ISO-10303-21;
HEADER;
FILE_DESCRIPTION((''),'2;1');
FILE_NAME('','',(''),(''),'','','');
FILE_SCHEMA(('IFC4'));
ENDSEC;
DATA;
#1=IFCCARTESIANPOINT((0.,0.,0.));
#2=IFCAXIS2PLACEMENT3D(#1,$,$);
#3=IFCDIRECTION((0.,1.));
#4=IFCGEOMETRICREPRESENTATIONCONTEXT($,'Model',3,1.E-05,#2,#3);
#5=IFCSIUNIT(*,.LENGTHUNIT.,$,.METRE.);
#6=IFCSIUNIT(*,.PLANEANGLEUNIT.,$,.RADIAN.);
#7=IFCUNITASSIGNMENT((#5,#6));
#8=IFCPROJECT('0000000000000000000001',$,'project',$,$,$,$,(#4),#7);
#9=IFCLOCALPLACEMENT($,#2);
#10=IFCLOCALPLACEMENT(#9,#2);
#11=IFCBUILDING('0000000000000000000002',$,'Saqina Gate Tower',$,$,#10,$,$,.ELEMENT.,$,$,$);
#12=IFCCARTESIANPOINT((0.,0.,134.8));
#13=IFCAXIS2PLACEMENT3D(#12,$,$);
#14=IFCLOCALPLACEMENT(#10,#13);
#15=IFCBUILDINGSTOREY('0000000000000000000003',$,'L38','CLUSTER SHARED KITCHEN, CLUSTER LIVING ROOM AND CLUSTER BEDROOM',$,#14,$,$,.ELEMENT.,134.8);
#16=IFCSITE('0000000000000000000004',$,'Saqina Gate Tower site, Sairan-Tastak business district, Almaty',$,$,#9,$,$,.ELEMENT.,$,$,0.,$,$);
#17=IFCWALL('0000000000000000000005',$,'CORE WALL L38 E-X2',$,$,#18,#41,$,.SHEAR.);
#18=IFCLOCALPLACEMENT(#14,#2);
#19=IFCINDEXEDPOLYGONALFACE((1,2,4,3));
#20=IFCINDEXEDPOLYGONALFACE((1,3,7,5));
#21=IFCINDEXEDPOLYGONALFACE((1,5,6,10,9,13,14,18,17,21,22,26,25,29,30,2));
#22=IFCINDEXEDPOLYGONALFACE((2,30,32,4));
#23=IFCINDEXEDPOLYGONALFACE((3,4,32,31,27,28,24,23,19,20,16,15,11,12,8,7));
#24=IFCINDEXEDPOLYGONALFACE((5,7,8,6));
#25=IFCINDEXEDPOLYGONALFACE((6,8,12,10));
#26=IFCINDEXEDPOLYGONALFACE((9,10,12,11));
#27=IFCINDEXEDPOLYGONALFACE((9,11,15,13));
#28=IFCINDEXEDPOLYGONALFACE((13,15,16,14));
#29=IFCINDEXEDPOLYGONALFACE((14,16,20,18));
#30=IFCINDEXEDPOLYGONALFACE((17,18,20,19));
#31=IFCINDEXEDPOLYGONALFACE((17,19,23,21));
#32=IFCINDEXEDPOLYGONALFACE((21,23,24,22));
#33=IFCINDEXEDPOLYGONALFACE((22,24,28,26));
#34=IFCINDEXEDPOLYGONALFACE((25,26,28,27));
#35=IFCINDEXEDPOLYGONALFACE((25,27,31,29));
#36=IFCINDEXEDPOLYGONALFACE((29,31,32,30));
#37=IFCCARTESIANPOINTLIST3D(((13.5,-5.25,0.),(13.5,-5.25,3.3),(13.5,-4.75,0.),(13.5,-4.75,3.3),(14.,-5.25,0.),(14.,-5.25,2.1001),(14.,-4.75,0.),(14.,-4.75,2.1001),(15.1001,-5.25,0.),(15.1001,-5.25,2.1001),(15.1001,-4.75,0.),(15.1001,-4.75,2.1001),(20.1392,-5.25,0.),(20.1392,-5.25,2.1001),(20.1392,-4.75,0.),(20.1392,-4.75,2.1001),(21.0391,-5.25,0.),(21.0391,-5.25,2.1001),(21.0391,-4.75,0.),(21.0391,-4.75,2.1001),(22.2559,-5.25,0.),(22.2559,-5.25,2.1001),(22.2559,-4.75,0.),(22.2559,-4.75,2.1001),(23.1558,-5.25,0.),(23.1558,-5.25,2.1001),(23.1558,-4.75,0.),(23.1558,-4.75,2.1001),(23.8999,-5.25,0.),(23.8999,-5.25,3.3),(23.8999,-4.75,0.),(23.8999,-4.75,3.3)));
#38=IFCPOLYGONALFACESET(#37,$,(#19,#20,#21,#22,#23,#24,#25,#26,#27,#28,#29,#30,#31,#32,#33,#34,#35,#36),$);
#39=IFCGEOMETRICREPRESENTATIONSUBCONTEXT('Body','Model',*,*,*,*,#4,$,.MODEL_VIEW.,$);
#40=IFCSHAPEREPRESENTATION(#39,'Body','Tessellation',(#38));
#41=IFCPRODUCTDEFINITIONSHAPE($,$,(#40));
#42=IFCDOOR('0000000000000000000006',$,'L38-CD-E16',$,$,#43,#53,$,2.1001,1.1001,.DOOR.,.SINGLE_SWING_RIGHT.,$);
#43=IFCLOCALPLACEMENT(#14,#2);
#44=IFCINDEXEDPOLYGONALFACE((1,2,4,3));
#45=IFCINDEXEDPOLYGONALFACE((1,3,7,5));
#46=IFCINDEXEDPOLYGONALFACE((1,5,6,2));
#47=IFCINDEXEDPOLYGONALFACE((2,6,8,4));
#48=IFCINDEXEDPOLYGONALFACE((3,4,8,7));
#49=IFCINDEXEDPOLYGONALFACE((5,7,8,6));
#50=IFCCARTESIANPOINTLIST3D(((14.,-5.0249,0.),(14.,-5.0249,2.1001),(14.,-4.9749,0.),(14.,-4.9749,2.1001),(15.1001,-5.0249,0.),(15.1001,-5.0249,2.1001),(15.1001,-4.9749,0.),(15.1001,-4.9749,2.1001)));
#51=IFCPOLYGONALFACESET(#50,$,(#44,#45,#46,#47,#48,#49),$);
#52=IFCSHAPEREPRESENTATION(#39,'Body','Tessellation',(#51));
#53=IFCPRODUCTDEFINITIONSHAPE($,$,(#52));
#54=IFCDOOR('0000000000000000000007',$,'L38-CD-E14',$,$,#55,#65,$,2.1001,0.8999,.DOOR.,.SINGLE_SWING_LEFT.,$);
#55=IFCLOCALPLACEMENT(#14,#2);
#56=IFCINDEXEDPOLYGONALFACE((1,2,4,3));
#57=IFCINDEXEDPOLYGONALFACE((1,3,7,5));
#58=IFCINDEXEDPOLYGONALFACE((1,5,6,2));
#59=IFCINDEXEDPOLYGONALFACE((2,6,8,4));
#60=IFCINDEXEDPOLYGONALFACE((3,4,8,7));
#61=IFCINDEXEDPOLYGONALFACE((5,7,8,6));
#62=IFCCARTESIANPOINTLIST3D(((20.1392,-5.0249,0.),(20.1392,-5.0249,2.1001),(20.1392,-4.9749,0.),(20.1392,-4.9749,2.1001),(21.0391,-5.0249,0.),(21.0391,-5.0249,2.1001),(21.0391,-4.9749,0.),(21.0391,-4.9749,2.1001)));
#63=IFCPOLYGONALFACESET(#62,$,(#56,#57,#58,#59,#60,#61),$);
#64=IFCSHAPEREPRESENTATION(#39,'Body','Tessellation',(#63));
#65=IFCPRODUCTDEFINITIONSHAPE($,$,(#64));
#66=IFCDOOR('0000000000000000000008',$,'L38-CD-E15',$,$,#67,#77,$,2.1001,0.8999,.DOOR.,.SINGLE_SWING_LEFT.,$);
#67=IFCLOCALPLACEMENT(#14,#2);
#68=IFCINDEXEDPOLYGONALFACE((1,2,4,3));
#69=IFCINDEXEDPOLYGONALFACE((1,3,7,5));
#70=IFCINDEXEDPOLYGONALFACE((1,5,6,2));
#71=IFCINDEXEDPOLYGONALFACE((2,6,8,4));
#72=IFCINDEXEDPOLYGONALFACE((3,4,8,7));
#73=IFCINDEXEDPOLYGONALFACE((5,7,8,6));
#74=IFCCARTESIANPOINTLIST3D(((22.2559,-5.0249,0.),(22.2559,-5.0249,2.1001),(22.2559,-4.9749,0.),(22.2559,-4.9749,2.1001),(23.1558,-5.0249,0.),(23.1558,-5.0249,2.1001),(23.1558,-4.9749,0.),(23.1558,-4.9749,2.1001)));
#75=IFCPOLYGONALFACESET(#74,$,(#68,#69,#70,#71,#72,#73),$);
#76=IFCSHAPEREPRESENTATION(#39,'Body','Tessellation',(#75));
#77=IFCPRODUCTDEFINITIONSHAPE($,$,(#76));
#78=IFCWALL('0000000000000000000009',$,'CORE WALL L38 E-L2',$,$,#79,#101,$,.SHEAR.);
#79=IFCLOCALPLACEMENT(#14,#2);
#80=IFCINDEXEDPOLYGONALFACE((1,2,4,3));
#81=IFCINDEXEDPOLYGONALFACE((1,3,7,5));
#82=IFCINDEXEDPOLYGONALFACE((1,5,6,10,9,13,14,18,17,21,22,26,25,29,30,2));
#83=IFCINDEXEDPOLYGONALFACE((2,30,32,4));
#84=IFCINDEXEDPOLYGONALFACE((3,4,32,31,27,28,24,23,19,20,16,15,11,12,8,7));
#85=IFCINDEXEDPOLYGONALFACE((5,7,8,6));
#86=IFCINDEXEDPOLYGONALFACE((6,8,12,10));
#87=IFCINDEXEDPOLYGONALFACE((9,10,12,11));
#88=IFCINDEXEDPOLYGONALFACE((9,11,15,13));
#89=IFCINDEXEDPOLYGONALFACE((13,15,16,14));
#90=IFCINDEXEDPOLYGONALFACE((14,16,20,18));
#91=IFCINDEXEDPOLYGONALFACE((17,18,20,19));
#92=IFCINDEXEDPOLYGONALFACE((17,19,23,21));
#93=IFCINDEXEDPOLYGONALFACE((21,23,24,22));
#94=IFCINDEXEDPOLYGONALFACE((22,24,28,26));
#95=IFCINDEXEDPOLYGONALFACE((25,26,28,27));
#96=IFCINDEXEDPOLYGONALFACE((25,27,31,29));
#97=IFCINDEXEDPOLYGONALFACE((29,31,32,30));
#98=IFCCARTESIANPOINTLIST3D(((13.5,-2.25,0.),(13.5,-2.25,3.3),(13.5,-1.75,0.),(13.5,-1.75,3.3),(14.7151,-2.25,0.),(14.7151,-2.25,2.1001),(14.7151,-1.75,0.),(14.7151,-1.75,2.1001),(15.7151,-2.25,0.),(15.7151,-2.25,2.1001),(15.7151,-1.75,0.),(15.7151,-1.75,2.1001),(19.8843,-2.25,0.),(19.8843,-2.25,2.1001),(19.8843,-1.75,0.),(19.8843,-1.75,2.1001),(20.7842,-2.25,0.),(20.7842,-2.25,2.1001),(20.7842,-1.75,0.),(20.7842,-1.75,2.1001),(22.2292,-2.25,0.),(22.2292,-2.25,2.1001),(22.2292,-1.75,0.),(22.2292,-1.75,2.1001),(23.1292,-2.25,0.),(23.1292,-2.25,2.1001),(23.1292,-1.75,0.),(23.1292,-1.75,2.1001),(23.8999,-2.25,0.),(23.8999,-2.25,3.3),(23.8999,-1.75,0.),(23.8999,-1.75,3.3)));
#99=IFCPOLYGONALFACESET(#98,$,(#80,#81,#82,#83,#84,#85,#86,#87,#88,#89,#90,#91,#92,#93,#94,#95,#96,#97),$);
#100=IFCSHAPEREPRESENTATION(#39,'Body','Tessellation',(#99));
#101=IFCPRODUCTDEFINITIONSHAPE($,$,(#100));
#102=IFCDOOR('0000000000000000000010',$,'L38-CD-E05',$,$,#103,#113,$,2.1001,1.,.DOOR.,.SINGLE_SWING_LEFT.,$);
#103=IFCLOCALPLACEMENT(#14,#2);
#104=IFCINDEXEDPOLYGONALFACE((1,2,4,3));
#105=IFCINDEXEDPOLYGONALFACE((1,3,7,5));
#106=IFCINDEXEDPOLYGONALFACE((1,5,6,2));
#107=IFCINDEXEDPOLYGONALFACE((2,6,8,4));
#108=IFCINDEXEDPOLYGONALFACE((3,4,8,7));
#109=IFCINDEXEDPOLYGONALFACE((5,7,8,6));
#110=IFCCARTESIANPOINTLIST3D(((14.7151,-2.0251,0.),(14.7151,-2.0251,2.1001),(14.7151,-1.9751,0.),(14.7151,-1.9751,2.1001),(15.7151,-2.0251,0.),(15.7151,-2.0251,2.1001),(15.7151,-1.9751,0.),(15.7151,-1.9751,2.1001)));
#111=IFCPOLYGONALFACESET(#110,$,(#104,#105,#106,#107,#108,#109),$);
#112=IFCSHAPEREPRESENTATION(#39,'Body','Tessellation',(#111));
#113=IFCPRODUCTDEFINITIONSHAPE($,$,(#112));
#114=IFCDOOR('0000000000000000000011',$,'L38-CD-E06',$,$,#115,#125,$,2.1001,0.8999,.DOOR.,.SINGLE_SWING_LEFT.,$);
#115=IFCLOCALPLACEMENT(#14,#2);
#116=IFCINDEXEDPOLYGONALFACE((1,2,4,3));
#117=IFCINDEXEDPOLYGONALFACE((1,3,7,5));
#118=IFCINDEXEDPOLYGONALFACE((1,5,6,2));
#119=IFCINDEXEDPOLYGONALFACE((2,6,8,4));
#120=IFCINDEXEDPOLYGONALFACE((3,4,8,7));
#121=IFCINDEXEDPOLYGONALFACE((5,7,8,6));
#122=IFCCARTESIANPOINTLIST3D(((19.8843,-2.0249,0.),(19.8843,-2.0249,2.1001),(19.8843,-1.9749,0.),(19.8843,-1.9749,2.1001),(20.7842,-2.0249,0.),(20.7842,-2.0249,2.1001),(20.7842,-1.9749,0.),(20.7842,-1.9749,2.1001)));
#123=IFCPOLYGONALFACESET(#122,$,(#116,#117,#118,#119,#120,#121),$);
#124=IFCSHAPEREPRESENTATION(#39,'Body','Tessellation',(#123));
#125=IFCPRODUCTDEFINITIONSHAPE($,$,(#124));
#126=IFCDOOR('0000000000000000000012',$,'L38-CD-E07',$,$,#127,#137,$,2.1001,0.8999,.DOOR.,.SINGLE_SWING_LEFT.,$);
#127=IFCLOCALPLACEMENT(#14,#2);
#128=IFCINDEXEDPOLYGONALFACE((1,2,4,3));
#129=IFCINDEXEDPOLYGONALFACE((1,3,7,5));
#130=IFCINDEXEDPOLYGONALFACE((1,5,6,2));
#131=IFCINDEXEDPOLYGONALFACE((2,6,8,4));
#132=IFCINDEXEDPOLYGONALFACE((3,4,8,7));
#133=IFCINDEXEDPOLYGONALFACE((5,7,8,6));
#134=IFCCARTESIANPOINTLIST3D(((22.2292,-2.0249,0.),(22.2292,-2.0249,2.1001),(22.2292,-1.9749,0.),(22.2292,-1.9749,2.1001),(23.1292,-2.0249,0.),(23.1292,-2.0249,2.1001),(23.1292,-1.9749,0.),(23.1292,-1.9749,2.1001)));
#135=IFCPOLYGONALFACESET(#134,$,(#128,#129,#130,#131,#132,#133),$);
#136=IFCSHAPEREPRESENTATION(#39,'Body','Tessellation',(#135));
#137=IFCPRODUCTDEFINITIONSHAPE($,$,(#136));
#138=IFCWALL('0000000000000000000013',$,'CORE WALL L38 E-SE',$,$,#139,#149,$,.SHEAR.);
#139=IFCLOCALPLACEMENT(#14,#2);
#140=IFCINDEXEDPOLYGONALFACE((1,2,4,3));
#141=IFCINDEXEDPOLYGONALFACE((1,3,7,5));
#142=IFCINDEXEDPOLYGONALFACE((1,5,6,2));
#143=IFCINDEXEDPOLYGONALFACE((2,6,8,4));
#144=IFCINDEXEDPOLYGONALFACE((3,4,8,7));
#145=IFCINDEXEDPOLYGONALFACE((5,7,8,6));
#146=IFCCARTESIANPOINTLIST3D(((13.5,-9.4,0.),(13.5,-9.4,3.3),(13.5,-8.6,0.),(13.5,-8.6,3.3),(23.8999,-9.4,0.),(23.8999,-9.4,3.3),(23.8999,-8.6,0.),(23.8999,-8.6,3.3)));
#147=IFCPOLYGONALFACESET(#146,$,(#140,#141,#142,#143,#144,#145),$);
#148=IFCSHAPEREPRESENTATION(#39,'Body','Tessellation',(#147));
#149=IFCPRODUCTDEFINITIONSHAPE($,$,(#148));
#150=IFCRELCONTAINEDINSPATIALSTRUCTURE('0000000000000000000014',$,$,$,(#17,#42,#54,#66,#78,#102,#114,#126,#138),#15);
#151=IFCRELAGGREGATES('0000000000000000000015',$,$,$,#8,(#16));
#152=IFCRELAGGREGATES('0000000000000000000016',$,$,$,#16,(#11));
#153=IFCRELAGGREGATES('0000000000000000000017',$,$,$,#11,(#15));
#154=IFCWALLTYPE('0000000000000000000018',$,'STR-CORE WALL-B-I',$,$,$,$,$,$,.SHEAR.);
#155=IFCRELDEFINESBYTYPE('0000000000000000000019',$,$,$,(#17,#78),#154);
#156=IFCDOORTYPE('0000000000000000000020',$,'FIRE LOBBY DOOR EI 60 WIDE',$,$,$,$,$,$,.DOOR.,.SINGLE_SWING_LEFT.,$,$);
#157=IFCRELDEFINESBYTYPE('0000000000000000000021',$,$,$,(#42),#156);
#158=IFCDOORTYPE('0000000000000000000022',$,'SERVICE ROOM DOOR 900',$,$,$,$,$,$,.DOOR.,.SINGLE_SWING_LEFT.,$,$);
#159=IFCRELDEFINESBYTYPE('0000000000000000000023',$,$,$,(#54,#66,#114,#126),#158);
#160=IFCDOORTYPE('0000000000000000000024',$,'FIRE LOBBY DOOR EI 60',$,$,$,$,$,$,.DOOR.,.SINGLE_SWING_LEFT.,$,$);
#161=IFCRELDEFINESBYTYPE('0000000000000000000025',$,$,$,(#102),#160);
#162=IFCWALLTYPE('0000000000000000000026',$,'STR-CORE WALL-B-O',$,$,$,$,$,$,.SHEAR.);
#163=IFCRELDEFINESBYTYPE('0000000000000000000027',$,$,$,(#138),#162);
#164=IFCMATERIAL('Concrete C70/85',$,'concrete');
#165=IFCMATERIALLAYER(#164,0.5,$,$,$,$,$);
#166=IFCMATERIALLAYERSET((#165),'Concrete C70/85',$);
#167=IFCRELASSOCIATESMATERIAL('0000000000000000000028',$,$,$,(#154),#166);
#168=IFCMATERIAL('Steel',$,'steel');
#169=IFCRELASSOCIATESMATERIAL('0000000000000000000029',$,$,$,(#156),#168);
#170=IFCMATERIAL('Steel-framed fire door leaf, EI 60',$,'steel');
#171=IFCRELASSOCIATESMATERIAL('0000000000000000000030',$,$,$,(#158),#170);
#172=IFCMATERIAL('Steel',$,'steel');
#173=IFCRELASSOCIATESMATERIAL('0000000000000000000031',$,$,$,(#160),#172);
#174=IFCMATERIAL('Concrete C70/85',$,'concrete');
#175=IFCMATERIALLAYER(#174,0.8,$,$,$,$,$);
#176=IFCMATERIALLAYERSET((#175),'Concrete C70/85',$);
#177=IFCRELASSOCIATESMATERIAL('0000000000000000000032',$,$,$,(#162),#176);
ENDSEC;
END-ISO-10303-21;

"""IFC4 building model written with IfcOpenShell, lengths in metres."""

from ifc_helpers import new_model, si_unit, direction, frame, frame_2d, origin, place, context, subcontext, project, spatial, rectangle, extrude, material, layer, layer_set, type_object, element, fill, save


model = new_model("IFC4")

# Units and contexts
model_context = context("Model", 3, precision=1e-05, world=origin(), true_north=direction((0.0, 1.0)))
body_context = subcontext(model_context, "Body", "Model", "MODEL_VIEW")
ifc_project = project(units=[si_unit("LENGTHUNIT", "METRE"), si_unit("PLANEANGLEUNIT", "RADIAN")], contexts=[model_context])

# Site, building, storey
site_placement = place(None, origin())
site = spatial("IfcSite", under=ifc_project, at=site_placement, Name="Saqina Gate Tower site, Sairan-Tastak business district, Almaty", CompositionType="ELEMENT", RefElevation=0.0)
building_placement = place(site_placement, origin())
building = spatial("IfcBuilding", under=site, at=building_placement, Name="Saqina Gate Tower", CompositionType="ELEMENT")
storey_placement = place(building_placement, frame((0.0, 0.0, 134.8)))
storey = spatial("IfcBuildingStorey", under=building, at=storey_placement, Name="L38", Description="CLUSTER SHARED KITCHEN, CLUSTER LIVING ROOM AND CLUSTER BEDROOM", CompositionType="ELEMENT", Elevation=134.8)

# Walls, openings, doors
ifc_material_1 = material(Name="Concrete C70/85", Category="concrete")
ifc_layer_1 = layer(ifc_material_1, 0.5)
ifc_layer_set_1 = layer_set([ifc_layer_1], Name="Concrete C70/85")
wall_type_1 = type_object("IfcWallType", Name="STR-CORE WALL-B-I", PredefinedType="SHEAR", material=ifc_layer_set_1)
wall_1_placement = place(storey_placement, frame((13.5, -5.0, 0.0), z_axis=(0.0, 0.0, 1.0), x_axis=(1.0, 0.0, 0.0)))
wall_1 = element("IfcWall", 1, at=wall_1_placement, inside=storey, type_object=wall_type_1, Name="CORE WALL L38 E-X2", PredefinedType="SHEAR", context=body_context, shape_type="SweptSolid", body=[
    extrude(rectangle(XDim=10.3999, YDim=0.5, at=frame_2d((5.2, 0.0))), origin(), (0.0, 0.0, 1.0), 3.3),
])
opening_1_placement = place(wall_1_placement, frame((6.6392, 0.0, 0.0)))
opening_1 = element("IfcOpeningElement", 2, at=opening_1_placement, cuts=wall_1, PredefinedType="OPENING", context=body_context, shape_type="SweptSolid", body=[
    extrude(rectangle(XDim=0.8999, YDim=2.1001, at=frame_2d((0.45, 1.05))), frame((0.0, 0.262, 0.0), z_axis=(0.0, -1.0, 0.0), x_axis=(1.0, 0.0, 0.0)), (0.0, 0.0, 1.0), 0.5239),
])
opening_2_placement = place(wall_1_placement, frame((8.7559, 0.0, 0.0)))
opening_2 = element("IfcOpeningElement", 3, at=opening_2_placement, cuts=wall_1, PredefinedType="OPENING", context=body_context, shape_type="SweptSolid", body=[
    extrude(rectangle(XDim=0.8999, YDim=2.1001, at=frame_2d((0.45, 1.05))), frame((0.0, 0.262, 0.0), z_axis=(0.0, -1.0, 0.0), x_axis=(1.0, 0.0, 0.0)), (0.0, 0.0, 1.0), 0.5239),
])
opening_3_placement = place(wall_1_placement, frame((0.5, 0.0, 0.0)))
opening_3 = element("IfcOpeningElement", 4, at=opening_3_placement, cuts=wall_1, PredefinedType="OPENING", context=body_context, shape_type="SweptSolid", body=[
    extrude(rectangle(XDim=1.1001, YDim=2.1001, at=frame_2d((0.55, 1.05))), frame((0.0, 0.262, 0.0), z_axis=(0.0, -1.0, 0.0), x_axis=(1.0, 0.0, 0.0)), (0.0, 0.0, 1.0), 0.5239),
])
ifc_material_2 = material(Name="Steel", Category="steel")
door_type_1 = type_object("IfcDoorType", Name="FIRE LOBBY DOOR EI 60 WIDE", OperationType="SINGLE_SWING_LEFT", PredefinedType="DOOR", material=ifc_material_2)
door_1_placement = place(opening_3_placement, frame((1.1001, 0.0, 0.0), z_axis=(0.0, 0.0, 1.0), x_axis=(-1.0, 0.0, 0.0)))
door_1 = element("IfcDoor", 5, at=door_1_placement, inside=storey, type_object=door_type_1, Name="L38-CD-E16", OperationType="SINGLE_SWING_RIGHT", OverallHeight=2.1001, OverallWidth=1.1001, PredefinedType="DOOR", context=body_context, shape_type="SweptSolid", body=[
    extrude(rectangle(XDim=1.1001, YDim=2.1001, at=frame_2d((0.55, 1.05))), frame((0.0, 0.0249, 0.0), z_axis=(0.0, -1.0, 0.0), x_axis=(1.0, 0.0, 0.0)), (0.0, 0.0, 1.0), 0.05),
])
fill(opening_3, door_1)
ifc_material_3 = material(Name="Steel-framed fire door leaf, EI 60", Category="steel")
door_type_2 = type_object("IfcDoorType", Name="SERVICE ROOM DOOR 900", OperationType="SINGLE_SWING_LEFT", PredefinedType="DOOR", material=ifc_material_3)
door_2_placement = place(opening_1_placement, frame((0.8999, 0.0, 0.0), z_axis=(0.0, 0.0, 1.0), x_axis=(-1.0, 0.0, 0.0)))
door_2 = element("IfcDoor", 6, at=door_2_placement, inside=storey, type_object=door_type_2, Name="L38-CD-E14", OperationType="SINGLE_SWING_LEFT", OverallHeight=2.1001, OverallWidth=0.8999, PredefinedType="DOOR", context=body_context, shape_type="SweptSolid", body=[
    extrude(rectangle(XDim=0.8999, YDim=2.1001, at=frame_2d((0.45, 1.05))), frame((0.0, 0.0249, 0.0), z_axis=(0.0, -1.0, 0.0), x_axis=(1.0, 0.0, 0.0)), (0.0, 0.0, 1.0), 0.05),
])
fill(opening_1, door_2)
door_3_placement = place(opening_2_placement, frame((0.8999, 0.0, 0.0), z_axis=(0.0, 0.0, 1.0), x_axis=(-1.0, 0.0, 0.0)))
door_3 = element("IfcDoor", 7, at=door_3_placement, inside=storey, type_object=door_type_2, Name="L38-CD-E15", OperationType="SINGLE_SWING_LEFT", OverallHeight=2.1001, OverallWidth=0.8999, PredefinedType="DOOR", context=body_context, shape_type="SweptSolid", body=[
    extrude(rectangle(XDim=0.8999, YDim=2.1001, at=frame_2d((0.45, 1.05))), frame((0.0, 0.0249, 0.0), z_axis=(0.0, -1.0, 0.0), x_axis=(1.0, 0.0, 0.0)), (0.0, 0.0, 1.0), 0.05),
])
fill(opening_2, door_3)
wall_2_placement = place(storey_placement, frame((13.5, -2.0, 0.0), z_axis=(0.0, 0.0, 1.0), x_axis=(1.0, 0.0, 0.0)))
wall_2 = element("IfcWall", 8, at=wall_2_placement, inside=storey, type_object=wall_type_1, Name="CORE WALL L38 E-L2", PredefinedType="SHEAR", context=body_context, shape_type="SweptSolid", body=[
    extrude(rectangle(XDim=10.3999, YDim=0.5, at=frame_2d((5.2, 0.0))), origin(), (0.0, 0.0, 1.0), 3.3),
])
opening_4_placement = place(wall_2_placement, frame((1.2151, 0.0, 0.0)))
opening_4 = element("IfcOpeningElement", 9, at=opening_4_placement, cuts=wall_2, PredefinedType="OPENING", context=body_context, shape_type="SweptSolid", body=[
    extrude(rectangle(XDim=1.0, YDim=2.1001, at=frame_2d((0.5, 1.05))), frame((0.0, 0.262, 0.0), z_axis=(0.0, -1.0, 0.0), x_axis=(1.0, 0.0, 0.0)), (0.0, 0.0, 1.0), 0.5239),
])
opening_5_placement = place(wall_2_placement, frame((6.3843, 0.0, 0.0)))
opening_5 = element("IfcOpeningElement", 10, at=opening_5_placement, cuts=wall_2, PredefinedType="OPENING", context=body_context, shape_type="SweptSolid", body=[
    extrude(rectangle(XDim=0.8999, YDim=2.1001, at=frame_2d((0.45, 1.05))), frame((0.0, 0.262, 0.0), z_axis=(0.0, -1.0, 0.0), x_axis=(1.0, 0.0, 0.0)), (0.0, 0.0, 1.0), 0.5239),
])
opening_6_placement = place(wall_2_placement, frame((8.7292, 0.0, 0.0)))
opening_6 = element("IfcOpeningElement", 11, at=opening_6_placement, cuts=wall_2, PredefinedType="OPENING", context=body_context, shape_type="SweptSolid", body=[
    extrude(rectangle(XDim=0.8999, YDim=2.1001, at=frame_2d((0.45, 1.05))), frame((0.0, 0.262, 0.0), z_axis=(0.0, -1.0, 0.0), x_axis=(1.0, 0.0, 0.0)), (0.0, 0.0, 1.0), 0.5239),
])
ifc_material_4 = material(Name="Steel", Category="steel")
door_type_3 = type_object("IfcDoorType", Name="FIRE LOBBY DOOR EI 60", OperationType="SINGLE_SWING_LEFT", PredefinedType="DOOR", material=ifc_material_4)
door_4_placement = place(opening_4_placement, origin())
door_4 = element("IfcDoor", 12, at=door_4_placement, inside=storey, type_object=door_type_3, Name="L38-CD-E05", OperationType="SINGLE_SWING_LEFT", OverallHeight=2.1001, OverallWidth=1.0, PredefinedType="DOOR", context=body_context, shape_type="SweptSolid", body=[
    extrude(rectangle(XDim=1.0, YDim=2.1001, at=frame_2d((0.5, 1.05))), frame((0.0, 0.0249, 0.0), z_axis=(0.0, -1.0, 0.0), x_axis=(1.0, 0.0, 0.0)), (0.0, 0.0, 1.0), 0.05),
])
fill(opening_4, door_4)
door_5_placement = place(opening_5_placement, frame((0.8999, 0.0, 0.0), z_axis=(0.0, 0.0, 1.0), x_axis=(-1.0, 0.0, 0.0)))
door_5 = element("IfcDoor", 13, at=door_5_placement, inside=storey, type_object=door_type_2, Name="L38-CD-E06", OperationType="SINGLE_SWING_LEFT", OverallHeight=2.1001, OverallWidth=0.8999, PredefinedType="DOOR", context=body_context, shape_type="SweptSolid", body=[
    extrude(rectangle(XDim=0.8999, YDim=2.1001, at=frame_2d((0.45, 1.05))), frame((0.0, 0.0249, 0.0), z_axis=(0.0, -1.0, 0.0), x_axis=(1.0, 0.0, 0.0)), (0.0, 0.0, 1.0), 0.05),
])
fill(opening_5, door_5)
door_6_placement = place(opening_6_placement, frame((0.8999, 0.0, 0.0), z_axis=(0.0, 0.0, 1.0), x_axis=(-1.0, 0.0, 0.0)))
door_6 = element("IfcDoor", 14, at=door_6_placement, inside=storey, type_object=door_type_2, Name="L38-CD-E07", OperationType="SINGLE_SWING_LEFT", OverallHeight=2.1001, OverallWidth=0.8999, PredefinedType="DOOR", context=body_context, shape_type="SweptSolid", body=[
    extrude(rectangle(XDim=0.8999, YDim=2.1001, at=frame_2d((0.45, 1.05))), frame((0.0, 0.0249, 0.0), z_axis=(0.0, -1.0, 0.0), x_axis=(1.0, 0.0, 0.0)), (0.0, 0.0, 1.0), 0.05),
])
fill(opening_6, door_6)

# Wall
ifc_material_5 = material(Name="Concrete C70/85", Category="concrete")
ifc_layer_2 = layer(ifc_material_5, 0.8)
ifc_layer_set_2 = layer_set([ifc_layer_2], Name="Concrete C70/85")
wall_type_2 = type_object("IfcWallType", Name="STR-CORE WALL-B-O", PredefinedType="SHEAR", material=ifc_layer_set_2)
wall_3_placement = place(storey_placement, frame((13.5, -9.0, 0.0), z_axis=(0.0, 0.0, 1.0), x_axis=(1.0, 0.0, 0.0)))
element("IfcWall", 15, at=wall_3_placement, inside=storey, type_object=wall_type_2, Name="CORE WALL L38 E-SE", PredefinedType="SHEAR", context=body_context, shape_type="SweptSolid", body=[
    extrude(rectangle(XDim=10.3999, YDim=0.8, at=frame_2d((5.2, 0.0))), origin(), (0.0, 0.0, 1.0), 3.3),
])

save(model, "model.ifc")
